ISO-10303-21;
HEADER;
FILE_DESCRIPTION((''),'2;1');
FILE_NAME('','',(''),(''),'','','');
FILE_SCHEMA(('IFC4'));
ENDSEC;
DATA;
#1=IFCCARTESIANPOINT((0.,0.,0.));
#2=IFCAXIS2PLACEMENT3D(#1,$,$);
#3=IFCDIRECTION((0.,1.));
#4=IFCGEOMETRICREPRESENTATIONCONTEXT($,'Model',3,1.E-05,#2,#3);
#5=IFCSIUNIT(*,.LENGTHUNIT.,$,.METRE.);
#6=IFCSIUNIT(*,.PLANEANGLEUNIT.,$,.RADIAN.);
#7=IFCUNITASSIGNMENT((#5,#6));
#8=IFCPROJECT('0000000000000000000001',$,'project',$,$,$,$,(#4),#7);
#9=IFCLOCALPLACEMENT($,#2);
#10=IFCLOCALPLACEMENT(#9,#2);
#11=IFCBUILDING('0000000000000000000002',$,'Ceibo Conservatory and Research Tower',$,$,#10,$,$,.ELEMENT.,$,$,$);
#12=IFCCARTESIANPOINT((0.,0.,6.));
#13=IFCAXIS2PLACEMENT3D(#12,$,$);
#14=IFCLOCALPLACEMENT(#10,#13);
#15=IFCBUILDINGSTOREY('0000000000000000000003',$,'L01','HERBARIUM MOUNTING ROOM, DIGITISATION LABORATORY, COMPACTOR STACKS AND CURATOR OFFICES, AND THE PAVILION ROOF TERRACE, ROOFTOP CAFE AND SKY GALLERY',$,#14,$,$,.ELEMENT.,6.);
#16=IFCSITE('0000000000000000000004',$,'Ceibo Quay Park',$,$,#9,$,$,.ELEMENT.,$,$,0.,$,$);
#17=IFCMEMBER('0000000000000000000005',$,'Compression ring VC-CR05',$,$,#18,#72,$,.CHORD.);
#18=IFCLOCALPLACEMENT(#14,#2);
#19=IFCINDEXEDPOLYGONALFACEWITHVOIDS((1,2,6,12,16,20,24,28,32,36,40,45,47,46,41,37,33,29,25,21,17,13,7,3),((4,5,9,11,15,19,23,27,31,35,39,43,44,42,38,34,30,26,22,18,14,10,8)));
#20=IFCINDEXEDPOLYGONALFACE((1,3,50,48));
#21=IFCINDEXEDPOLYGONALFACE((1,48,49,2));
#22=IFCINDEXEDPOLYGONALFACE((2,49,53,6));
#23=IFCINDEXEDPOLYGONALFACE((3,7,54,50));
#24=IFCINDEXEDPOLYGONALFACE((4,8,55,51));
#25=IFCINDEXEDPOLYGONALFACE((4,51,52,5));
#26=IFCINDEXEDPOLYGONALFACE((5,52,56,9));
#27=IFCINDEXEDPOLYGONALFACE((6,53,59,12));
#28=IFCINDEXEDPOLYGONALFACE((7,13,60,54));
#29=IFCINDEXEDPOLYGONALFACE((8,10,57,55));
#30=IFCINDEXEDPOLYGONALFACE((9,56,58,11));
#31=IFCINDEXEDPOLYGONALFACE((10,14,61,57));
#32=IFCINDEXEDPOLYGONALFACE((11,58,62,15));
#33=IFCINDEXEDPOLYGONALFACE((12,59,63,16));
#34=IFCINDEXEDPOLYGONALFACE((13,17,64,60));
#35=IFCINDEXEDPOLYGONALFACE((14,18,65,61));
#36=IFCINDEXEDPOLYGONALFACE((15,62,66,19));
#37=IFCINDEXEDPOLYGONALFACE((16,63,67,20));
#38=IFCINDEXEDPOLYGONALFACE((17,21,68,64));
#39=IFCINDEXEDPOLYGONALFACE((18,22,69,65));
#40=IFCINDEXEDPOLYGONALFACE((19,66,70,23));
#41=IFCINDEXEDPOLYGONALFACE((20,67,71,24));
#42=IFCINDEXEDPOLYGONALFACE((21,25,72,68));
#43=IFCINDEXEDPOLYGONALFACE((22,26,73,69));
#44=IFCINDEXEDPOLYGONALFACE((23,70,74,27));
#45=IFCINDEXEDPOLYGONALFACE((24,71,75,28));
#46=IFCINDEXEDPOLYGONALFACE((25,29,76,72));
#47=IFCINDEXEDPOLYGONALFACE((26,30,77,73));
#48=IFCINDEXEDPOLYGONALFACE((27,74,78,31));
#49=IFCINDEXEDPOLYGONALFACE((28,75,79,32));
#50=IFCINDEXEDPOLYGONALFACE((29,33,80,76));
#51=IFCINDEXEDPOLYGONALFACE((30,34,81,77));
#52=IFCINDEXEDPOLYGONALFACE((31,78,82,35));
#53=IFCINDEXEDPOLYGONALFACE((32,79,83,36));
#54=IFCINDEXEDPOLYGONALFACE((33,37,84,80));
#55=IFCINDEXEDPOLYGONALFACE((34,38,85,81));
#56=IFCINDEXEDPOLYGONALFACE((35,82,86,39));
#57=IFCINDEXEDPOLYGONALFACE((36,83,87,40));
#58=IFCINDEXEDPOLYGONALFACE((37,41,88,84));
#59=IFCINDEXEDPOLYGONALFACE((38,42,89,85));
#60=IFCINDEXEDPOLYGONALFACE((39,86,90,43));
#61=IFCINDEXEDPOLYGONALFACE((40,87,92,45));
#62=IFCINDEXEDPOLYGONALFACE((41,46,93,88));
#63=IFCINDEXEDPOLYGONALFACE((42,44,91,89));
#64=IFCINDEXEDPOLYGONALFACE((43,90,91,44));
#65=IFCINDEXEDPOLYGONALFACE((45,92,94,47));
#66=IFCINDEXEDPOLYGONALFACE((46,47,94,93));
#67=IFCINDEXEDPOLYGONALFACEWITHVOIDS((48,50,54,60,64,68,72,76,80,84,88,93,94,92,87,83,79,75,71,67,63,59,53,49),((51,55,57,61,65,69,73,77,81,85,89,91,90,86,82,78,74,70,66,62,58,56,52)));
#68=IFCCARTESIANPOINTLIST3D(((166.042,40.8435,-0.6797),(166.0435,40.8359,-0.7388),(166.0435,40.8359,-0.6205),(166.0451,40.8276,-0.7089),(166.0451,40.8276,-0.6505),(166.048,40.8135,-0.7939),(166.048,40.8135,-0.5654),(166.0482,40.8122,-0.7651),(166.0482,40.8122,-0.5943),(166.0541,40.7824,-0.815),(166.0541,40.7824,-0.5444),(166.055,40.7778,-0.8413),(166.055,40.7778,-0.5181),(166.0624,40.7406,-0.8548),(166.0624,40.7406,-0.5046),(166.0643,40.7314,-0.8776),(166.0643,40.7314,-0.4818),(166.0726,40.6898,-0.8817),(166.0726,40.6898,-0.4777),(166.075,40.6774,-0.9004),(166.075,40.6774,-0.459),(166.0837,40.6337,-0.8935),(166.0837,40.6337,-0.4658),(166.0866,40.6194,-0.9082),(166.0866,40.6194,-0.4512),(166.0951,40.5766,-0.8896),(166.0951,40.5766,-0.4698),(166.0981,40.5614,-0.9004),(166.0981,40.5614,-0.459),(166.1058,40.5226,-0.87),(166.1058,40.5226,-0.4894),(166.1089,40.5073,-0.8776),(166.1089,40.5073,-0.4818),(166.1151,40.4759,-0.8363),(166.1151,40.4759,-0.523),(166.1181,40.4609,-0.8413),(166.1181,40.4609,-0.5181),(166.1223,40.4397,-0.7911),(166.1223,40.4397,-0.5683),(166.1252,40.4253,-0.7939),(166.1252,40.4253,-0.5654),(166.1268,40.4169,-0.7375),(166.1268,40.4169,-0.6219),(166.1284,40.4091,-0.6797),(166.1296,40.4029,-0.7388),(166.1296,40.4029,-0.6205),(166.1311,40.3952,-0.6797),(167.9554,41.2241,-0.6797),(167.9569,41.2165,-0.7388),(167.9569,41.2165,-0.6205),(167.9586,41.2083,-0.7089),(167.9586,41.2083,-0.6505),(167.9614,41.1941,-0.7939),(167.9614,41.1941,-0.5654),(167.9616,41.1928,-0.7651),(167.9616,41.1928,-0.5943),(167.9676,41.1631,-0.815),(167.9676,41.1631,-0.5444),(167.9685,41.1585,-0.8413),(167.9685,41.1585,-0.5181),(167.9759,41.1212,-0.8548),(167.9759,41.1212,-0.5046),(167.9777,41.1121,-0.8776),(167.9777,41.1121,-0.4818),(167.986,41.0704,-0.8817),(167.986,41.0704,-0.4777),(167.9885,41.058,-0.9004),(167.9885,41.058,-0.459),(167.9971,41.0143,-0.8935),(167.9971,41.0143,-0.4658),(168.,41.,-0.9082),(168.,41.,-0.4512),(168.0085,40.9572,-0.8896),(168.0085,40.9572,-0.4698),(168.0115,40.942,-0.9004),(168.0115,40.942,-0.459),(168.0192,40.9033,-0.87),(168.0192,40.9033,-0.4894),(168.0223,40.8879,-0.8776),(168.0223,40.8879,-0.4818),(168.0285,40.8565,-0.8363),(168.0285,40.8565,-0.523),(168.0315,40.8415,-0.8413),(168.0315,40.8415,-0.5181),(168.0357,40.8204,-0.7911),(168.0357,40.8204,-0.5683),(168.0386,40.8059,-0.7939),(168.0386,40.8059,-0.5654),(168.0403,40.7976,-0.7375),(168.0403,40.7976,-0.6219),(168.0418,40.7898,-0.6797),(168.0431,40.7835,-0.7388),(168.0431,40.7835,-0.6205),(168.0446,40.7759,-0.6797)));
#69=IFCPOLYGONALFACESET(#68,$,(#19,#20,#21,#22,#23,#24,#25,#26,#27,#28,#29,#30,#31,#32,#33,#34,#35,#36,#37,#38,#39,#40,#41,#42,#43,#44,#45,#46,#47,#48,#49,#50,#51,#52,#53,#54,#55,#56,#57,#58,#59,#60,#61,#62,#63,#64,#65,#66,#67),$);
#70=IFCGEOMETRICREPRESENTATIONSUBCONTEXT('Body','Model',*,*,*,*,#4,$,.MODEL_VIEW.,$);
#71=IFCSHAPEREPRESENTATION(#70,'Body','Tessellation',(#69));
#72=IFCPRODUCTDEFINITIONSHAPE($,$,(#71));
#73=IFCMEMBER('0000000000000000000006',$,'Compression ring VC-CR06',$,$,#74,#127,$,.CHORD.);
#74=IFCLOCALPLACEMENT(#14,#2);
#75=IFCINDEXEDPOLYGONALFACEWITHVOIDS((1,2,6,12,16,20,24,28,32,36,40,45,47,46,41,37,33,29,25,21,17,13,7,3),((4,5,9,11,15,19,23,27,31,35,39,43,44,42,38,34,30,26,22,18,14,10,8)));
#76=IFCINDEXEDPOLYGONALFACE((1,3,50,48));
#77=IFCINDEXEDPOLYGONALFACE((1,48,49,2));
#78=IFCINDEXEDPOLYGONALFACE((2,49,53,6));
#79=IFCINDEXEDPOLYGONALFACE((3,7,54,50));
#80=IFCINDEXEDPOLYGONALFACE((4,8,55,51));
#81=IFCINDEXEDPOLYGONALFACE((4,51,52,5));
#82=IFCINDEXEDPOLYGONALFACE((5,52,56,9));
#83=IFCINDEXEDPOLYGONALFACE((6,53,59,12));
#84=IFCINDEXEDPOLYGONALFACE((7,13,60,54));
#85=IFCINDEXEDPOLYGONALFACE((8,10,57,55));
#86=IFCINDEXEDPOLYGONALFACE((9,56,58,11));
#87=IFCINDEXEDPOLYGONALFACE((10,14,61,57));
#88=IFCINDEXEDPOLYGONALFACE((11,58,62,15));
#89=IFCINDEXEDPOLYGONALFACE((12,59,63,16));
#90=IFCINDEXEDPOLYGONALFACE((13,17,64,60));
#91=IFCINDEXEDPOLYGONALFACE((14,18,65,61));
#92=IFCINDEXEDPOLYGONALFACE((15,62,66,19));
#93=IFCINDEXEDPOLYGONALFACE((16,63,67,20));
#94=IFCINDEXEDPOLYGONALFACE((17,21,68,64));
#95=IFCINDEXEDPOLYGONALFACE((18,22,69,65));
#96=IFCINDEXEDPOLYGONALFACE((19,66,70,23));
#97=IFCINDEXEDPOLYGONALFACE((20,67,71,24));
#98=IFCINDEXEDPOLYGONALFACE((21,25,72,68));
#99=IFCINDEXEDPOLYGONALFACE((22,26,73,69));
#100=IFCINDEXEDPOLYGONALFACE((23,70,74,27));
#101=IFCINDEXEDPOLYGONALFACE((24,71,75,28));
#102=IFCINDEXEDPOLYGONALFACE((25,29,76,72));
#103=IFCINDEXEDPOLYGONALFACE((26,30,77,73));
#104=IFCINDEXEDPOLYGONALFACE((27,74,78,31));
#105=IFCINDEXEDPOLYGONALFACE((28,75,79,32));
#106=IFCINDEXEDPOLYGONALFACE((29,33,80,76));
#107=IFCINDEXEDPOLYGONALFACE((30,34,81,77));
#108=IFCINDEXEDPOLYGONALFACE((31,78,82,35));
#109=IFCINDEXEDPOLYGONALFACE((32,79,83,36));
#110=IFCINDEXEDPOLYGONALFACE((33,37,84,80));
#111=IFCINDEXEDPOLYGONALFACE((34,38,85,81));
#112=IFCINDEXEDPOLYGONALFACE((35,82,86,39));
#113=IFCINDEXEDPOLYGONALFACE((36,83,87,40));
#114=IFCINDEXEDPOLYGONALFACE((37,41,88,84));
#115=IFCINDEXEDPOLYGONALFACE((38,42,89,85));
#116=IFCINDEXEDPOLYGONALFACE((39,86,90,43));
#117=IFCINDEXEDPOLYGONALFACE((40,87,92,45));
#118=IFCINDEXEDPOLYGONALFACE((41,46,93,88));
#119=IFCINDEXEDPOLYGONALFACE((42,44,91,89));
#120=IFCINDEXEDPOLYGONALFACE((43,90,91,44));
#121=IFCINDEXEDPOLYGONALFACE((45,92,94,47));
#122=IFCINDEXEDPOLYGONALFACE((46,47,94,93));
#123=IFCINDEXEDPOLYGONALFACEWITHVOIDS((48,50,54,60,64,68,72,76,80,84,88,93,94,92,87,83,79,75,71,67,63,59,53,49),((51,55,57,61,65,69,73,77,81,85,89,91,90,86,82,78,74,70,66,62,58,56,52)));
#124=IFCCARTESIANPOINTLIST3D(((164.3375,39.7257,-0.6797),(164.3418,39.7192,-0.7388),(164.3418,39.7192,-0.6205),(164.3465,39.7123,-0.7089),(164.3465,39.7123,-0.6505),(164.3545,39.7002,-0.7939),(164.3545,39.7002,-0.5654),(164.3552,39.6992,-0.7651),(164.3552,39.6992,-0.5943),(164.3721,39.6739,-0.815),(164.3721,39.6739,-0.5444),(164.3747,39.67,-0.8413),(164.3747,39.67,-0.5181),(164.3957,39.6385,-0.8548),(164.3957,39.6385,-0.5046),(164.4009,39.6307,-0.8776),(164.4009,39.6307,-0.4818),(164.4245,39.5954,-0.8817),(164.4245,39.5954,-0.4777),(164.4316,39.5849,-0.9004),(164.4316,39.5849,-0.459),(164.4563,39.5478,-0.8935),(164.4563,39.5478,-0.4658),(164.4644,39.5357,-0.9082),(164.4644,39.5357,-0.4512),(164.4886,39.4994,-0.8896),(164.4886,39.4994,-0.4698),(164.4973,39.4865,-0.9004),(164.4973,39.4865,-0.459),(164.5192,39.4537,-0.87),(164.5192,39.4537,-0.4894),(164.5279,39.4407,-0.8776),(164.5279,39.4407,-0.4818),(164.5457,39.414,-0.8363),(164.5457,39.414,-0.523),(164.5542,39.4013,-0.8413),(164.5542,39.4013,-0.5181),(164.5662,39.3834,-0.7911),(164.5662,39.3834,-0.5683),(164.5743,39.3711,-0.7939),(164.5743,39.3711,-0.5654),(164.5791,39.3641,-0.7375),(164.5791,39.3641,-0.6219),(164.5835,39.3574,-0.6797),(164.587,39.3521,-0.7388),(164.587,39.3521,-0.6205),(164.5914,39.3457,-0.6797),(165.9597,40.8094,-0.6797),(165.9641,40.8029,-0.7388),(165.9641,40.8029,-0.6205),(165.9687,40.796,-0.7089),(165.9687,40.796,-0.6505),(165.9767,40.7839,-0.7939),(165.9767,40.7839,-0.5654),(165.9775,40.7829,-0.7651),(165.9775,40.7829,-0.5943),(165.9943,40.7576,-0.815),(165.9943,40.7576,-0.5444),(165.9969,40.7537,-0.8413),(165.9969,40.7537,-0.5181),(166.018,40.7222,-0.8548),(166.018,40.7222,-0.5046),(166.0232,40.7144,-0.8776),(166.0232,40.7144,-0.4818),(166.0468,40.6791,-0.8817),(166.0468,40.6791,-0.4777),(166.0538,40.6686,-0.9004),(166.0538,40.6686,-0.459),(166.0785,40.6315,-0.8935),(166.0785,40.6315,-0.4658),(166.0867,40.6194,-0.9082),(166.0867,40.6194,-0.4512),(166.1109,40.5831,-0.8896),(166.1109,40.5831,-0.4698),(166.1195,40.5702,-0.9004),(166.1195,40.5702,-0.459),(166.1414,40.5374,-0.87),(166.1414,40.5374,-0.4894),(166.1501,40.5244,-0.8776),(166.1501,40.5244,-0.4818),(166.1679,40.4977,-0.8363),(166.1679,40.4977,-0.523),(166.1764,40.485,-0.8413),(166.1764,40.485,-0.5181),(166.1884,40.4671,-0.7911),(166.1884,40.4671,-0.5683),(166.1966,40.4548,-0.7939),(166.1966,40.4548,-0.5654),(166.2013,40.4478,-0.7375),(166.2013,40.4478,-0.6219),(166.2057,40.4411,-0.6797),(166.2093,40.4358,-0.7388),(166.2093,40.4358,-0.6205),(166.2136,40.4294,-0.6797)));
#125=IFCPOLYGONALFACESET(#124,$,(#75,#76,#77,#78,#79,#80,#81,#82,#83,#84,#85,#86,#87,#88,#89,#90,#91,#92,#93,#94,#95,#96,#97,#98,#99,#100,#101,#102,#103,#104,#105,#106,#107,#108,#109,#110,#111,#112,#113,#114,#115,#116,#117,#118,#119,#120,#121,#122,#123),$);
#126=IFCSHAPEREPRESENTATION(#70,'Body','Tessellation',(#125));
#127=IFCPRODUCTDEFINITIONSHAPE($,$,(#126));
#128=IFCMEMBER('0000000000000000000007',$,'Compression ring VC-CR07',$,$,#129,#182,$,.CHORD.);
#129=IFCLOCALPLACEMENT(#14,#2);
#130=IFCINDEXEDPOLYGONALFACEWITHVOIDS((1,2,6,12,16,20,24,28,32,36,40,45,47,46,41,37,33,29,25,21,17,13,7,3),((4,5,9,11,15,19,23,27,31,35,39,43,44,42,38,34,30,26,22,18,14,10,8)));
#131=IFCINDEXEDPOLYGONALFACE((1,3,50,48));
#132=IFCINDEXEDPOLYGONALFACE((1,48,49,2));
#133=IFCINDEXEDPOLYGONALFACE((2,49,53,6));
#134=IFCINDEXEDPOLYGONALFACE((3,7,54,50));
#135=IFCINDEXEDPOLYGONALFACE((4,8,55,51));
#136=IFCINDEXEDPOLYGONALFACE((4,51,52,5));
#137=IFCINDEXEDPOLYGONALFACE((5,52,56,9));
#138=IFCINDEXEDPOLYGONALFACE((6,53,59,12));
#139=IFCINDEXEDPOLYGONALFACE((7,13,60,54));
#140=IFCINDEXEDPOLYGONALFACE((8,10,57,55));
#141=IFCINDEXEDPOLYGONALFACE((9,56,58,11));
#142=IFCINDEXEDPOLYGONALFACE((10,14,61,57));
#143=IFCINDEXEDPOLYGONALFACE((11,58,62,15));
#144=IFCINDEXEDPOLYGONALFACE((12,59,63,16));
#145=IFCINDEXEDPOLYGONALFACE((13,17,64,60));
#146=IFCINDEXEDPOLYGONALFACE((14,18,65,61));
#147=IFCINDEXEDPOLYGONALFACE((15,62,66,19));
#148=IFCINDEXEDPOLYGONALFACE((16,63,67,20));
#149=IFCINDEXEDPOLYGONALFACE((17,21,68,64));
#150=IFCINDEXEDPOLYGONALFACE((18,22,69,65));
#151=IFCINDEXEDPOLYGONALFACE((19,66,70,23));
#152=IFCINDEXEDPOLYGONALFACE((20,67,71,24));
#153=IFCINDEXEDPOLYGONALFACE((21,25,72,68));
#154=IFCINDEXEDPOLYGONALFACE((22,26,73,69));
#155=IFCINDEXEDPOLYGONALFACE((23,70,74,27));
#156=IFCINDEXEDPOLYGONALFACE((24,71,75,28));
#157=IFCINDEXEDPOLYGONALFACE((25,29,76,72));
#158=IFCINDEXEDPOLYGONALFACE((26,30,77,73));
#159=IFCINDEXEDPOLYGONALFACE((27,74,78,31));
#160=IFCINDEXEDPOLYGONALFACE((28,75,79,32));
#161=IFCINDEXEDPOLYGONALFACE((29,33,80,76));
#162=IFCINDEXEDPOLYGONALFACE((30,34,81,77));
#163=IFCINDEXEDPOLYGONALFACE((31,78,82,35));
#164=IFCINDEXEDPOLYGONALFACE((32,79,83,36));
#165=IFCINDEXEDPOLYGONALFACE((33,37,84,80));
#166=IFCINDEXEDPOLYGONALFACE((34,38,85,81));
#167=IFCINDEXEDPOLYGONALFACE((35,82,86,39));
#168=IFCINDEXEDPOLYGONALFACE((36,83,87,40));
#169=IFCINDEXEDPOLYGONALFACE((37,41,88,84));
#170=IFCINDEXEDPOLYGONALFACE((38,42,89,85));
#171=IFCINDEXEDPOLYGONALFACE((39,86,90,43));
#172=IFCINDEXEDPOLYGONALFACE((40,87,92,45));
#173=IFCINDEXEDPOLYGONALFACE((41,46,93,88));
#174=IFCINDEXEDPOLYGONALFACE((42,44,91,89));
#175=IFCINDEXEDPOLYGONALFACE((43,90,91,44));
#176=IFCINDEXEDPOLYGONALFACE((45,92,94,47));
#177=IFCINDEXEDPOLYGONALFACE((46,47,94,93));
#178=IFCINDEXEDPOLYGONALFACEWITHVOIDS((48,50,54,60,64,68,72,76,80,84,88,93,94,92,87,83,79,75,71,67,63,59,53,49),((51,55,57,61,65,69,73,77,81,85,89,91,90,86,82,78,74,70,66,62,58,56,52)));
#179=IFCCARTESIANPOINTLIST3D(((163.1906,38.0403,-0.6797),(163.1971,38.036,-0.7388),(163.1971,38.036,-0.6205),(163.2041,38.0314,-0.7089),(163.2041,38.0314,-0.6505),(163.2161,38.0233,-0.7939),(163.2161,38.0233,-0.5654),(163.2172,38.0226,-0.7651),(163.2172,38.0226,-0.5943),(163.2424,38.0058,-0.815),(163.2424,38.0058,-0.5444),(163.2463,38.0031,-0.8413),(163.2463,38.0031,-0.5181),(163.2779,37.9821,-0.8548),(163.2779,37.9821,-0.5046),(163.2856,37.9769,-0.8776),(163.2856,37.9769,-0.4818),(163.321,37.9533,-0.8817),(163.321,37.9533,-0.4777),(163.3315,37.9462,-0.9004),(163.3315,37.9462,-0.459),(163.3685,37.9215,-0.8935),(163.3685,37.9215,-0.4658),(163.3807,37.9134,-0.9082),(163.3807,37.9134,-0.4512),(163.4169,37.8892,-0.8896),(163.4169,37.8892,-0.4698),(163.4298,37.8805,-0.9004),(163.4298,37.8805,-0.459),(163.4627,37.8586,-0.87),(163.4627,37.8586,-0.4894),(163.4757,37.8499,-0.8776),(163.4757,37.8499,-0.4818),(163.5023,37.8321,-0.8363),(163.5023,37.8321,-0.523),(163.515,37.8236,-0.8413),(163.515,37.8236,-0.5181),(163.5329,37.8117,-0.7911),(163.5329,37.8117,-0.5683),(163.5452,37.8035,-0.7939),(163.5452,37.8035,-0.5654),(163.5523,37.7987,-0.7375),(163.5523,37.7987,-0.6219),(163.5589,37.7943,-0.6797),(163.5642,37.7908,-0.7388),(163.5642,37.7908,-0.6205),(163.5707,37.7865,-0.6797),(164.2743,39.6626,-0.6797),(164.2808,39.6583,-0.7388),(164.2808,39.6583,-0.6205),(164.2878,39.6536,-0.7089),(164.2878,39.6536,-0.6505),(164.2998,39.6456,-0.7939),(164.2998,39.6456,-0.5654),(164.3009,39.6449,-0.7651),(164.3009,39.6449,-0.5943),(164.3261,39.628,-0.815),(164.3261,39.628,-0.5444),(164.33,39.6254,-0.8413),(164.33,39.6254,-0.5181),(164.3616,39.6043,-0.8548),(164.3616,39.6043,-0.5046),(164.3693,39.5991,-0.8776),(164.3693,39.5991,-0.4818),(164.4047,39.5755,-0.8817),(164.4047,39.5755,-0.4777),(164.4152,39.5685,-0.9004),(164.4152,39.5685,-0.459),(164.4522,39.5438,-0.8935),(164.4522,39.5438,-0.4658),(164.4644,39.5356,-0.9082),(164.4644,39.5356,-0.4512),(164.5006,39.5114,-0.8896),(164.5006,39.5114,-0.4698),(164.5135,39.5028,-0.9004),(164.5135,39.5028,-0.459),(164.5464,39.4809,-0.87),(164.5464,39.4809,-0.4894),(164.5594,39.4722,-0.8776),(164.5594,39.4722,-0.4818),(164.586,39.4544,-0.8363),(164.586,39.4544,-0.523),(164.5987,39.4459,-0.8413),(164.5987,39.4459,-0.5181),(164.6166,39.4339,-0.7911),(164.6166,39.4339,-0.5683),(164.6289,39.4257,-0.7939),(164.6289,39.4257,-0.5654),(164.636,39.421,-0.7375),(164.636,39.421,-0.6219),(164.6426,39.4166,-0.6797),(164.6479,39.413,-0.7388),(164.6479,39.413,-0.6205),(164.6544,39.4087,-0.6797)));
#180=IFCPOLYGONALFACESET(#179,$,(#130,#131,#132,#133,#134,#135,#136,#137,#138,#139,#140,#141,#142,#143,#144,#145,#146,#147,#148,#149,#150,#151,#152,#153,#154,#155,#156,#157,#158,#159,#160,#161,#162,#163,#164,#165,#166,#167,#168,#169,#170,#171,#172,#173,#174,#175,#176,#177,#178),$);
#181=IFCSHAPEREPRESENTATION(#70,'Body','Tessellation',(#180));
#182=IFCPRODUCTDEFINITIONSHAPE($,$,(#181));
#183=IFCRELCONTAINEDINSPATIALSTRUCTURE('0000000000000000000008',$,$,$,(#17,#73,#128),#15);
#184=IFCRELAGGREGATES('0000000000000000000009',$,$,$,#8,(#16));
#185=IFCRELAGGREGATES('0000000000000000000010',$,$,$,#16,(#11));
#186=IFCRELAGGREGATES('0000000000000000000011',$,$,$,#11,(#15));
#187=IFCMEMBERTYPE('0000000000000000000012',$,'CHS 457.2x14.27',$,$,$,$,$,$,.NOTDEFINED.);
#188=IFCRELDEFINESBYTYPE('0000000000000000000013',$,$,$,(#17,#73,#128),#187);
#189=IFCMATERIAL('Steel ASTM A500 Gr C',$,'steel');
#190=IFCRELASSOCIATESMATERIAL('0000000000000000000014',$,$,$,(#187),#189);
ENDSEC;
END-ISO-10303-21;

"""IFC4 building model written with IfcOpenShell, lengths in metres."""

from ifc_helpers import new_model, si_unit, direction, frame, origin, origin_2d, place, context, subcontext, project, spatial, hollow_circle, extrude, material, material_profile, profile_set, type_object, element, save


model = new_model("IFC4")

# Units and contexts
model_context = context("Model", 3, precision=1e-05, world=origin(), true_north=direction((0.0, 1.0)))
body_context = subcontext(model_context, "Body", "Model", "MODEL_VIEW")
ifc_project = project(units=[si_unit("LENGTHUNIT", "METRE"), si_unit("PLANEANGLEUNIT", "RADIAN")], contexts=[model_context])

# Site, building, storey
site_placement = place(None, origin())
site = spatial("IfcSite", under=ifc_project, at=site_placement, Name="Ceibo Quay Park", CompositionType="ELEMENT", RefElevation=0.0)
building_placement = place(site_placement, origin())
building = spatial("IfcBuilding", under=site, at=building_placement, Name="Ceibo Conservatory and Research Tower", CompositionType="ELEMENT")
storey_placement = place(building_placement, frame((0.0, 0.0, 6.0)))
storey = spatial("IfcBuildingStorey", under=building, at=storey_placement, Name="L01", Description="HERBARIUM MOUNTING ROOM, DIGITISATION LABORATORY, COMPACTOR STACKS AND CURATOR OFFICES, AND THE PAVILION ROOF TERRACE, ROOFTOP CAFE AND SKY GALLERY", CompositionType="ELEMENT", Elevation=6.0)

# Members
ifc_material_1 = material(Name="Steel ASTM A500 Gr C", Category="steel")
ifc_material_profile_1 = material_profile(ifc_material_1, hollow_circle(Radius=0.2285, WallThickness=0.0142, at=origin_2d()), Name="CHS 457.2x14.27")
ifc_profile_set_1 = profile_set([ifc_material_profile_1], Name="Steel ASTM A500 Gr C")
member_type_1 = type_object("IfcMemberType", Name="CHS 457.2x14.27", PredefinedType="NOTDEFINED", material=ifc_profile_set_1)
for number, where, z_axis, x_axis, name in (
    (1, (168.0, 41.0, -0.6797), (-0.980782, -0.195105, 0.0), (0.195105, -0.980782, 0.0), "Compression ring VC-CR05"),
    (2, (166.0867, 40.6194, -0.6797), (-0.83153, -0.55548, 0.0), (0.55548, -0.83153, 0.0), "Compression ring VC-CR06"),
    (3, (164.4644, 39.5356, -0.6797), (-0.55548, -0.83153, 0.0), (0.83153, -0.55548, 0.0), "Compression ring VC-CR07"),
):
    element("IfcMember", number, at=place(storey_placement, frame(where, z_axis=z_axis, x_axis=x_axis)), inside=storey, type_object=member_type_1, Name=name, PredefinedType="CHORD", context=body_context, shape_type="SweptSolid", body=[
        extrude(hollow_circle(Radius=0.2285, WallThickness=0.0142, at=origin_2d()), origin(), (0.0, 0.0, 1.0), 1.9509),
    ])

save(model, "model.ifc")
